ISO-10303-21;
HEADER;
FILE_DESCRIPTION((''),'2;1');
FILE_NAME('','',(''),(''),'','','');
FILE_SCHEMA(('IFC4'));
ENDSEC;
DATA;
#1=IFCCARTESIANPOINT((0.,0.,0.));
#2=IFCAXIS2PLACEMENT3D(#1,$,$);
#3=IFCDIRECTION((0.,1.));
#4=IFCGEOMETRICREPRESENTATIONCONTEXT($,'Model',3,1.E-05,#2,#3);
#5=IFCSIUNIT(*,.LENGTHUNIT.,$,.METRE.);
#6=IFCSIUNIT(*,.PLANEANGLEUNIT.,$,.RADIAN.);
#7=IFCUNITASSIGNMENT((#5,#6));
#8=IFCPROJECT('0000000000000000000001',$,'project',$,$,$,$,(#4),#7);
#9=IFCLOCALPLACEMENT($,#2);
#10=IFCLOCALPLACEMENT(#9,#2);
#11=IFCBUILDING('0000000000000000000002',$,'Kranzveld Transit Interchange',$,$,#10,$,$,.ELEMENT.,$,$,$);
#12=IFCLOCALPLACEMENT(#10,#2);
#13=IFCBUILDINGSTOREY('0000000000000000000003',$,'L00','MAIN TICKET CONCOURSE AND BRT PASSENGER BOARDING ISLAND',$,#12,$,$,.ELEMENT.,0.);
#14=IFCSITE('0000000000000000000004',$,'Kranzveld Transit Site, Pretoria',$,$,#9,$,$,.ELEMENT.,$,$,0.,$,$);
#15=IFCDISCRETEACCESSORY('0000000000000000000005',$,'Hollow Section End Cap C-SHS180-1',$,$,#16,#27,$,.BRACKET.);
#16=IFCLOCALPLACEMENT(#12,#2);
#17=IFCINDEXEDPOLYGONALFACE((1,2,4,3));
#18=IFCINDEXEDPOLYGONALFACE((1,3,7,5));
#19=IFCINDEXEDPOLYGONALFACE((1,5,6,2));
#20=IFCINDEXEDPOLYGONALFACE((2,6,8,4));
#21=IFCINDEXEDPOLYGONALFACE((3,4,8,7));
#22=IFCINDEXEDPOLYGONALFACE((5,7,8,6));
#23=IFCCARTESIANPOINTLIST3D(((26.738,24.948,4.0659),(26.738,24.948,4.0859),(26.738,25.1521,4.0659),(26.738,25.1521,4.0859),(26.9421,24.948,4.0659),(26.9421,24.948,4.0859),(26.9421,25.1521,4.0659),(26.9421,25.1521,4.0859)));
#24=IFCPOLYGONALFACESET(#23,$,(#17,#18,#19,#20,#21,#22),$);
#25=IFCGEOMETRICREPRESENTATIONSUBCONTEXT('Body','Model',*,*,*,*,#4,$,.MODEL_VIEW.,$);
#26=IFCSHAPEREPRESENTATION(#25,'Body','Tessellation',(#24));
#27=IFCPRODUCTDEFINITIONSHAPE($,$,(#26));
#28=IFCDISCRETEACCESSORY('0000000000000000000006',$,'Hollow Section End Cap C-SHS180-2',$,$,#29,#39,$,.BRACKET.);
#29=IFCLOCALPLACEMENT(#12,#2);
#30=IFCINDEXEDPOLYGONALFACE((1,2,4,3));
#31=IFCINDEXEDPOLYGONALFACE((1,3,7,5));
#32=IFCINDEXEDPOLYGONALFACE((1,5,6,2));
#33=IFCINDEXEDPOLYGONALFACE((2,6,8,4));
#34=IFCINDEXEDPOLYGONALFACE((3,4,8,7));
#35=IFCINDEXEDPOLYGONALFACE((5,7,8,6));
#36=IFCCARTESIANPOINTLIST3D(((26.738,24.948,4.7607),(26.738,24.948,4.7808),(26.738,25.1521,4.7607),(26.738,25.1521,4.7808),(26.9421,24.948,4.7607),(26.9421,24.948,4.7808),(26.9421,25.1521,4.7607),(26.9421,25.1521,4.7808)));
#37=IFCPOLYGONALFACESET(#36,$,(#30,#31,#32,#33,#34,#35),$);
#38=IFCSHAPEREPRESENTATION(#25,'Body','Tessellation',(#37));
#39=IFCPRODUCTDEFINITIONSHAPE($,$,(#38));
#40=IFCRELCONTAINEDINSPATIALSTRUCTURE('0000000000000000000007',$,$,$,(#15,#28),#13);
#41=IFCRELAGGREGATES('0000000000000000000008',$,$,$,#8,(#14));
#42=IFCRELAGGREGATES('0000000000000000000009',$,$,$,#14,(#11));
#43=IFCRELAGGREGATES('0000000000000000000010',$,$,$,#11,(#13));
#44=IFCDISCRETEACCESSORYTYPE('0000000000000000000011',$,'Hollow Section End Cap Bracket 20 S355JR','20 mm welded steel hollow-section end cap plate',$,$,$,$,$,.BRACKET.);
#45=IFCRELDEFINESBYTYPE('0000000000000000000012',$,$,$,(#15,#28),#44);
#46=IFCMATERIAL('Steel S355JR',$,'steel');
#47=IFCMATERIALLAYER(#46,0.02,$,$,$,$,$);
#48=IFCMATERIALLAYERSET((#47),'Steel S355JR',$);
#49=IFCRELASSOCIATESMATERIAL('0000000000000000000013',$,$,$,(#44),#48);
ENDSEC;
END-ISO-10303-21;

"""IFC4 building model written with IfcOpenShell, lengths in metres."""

from ifc_helpers import new_model, si_unit, direction, frame, origin, origin_2d, place, context, subcontext, project, spatial, rectangle, extrude, material, layer, layer_set, type_object, element, save


model = new_model("IFC4")

# Units and contexts
model_context = context("Model", 3, precision=1e-05, world=origin(), true_north=direction((0.0, 1.0)))
body_context = subcontext(model_context, "Body", "Model", "MODEL_VIEW")
ifc_project = project(units=[si_unit("LENGTHUNIT", "METRE"), si_unit("PLANEANGLEUNIT", "RADIAN")], contexts=[model_context])

# Site, building, storey
site_placement = place(None, origin())
site = spatial("IfcSite", under=ifc_project, at=site_placement, Name="Kranzveld Transit Site, Pretoria", CompositionType="ELEMENT", RefElevation=0.0)
building_placement = place(site_placement, origin())
building = spatial("IfcBuilding", under=site, at=building_placement, Name="Kranzveld Transit Interchange", CompositionType="ELEMENT")
storey_placement = place(building_placement, origin())
storey = spatial("IfcBuildingStorey", under=building, at=storey_placement, Name="L00", Description="MAIN TICKET CONCOURSE AND BRT PASSENGER BOARDING ISLAND", CompositionType="ELEMENT", Elevation=0.0)

# Discrete accessories
ifc_material_1 = material(Name="Steel S355JR", Category="steel")
ifc_layer_1 = layer(ifc_material_1, 0.02)
ifc_layer_set_1 = layer_set([ifc_layer_1], Name="Steel S355JR")
discrete_accessory_type = type_object("IfcDiscreteAccessoryType", Name="Hollow Section End Cap Bracket 20 S355JR", Description="20 mm welded steel hollow-section end cap plate", PredefinedType="BRACKET", material=ifc_layer_set_1)
for number, where, z_axis, x_axis, name in (
    (1, (26.8401, 25.05, 4.0859), (0.0, 0.0, -1.0), (1.0, 0.0, 0.0), "Hollow Section End Cap C-SHS180-1"),
    (2, (26.8401, 25.05, 4.7607), (0.0, 0.0, 1.0), (1.0, 0.0, 0.0), "Hollow Section End Cap C-SHS180-2"),
):
    element("IfcDiscreteAccessory", number, at=place(storey_placement, frame(where, z_axis=z_axis, x_axis=x_axis)), inside=storey, type_object=discrete_accessory_type, Name=name, PredefinedType="BRACKET", context=body_context, shape_type="SweptSolid", body=[
        extrude(rectangle(XDim=0.2041, YDim=0.2041, at=origin_2d()), origin(), (0.0, 0.0, 1.0), 0.02),
    ])

save(model, "model.ifc")
